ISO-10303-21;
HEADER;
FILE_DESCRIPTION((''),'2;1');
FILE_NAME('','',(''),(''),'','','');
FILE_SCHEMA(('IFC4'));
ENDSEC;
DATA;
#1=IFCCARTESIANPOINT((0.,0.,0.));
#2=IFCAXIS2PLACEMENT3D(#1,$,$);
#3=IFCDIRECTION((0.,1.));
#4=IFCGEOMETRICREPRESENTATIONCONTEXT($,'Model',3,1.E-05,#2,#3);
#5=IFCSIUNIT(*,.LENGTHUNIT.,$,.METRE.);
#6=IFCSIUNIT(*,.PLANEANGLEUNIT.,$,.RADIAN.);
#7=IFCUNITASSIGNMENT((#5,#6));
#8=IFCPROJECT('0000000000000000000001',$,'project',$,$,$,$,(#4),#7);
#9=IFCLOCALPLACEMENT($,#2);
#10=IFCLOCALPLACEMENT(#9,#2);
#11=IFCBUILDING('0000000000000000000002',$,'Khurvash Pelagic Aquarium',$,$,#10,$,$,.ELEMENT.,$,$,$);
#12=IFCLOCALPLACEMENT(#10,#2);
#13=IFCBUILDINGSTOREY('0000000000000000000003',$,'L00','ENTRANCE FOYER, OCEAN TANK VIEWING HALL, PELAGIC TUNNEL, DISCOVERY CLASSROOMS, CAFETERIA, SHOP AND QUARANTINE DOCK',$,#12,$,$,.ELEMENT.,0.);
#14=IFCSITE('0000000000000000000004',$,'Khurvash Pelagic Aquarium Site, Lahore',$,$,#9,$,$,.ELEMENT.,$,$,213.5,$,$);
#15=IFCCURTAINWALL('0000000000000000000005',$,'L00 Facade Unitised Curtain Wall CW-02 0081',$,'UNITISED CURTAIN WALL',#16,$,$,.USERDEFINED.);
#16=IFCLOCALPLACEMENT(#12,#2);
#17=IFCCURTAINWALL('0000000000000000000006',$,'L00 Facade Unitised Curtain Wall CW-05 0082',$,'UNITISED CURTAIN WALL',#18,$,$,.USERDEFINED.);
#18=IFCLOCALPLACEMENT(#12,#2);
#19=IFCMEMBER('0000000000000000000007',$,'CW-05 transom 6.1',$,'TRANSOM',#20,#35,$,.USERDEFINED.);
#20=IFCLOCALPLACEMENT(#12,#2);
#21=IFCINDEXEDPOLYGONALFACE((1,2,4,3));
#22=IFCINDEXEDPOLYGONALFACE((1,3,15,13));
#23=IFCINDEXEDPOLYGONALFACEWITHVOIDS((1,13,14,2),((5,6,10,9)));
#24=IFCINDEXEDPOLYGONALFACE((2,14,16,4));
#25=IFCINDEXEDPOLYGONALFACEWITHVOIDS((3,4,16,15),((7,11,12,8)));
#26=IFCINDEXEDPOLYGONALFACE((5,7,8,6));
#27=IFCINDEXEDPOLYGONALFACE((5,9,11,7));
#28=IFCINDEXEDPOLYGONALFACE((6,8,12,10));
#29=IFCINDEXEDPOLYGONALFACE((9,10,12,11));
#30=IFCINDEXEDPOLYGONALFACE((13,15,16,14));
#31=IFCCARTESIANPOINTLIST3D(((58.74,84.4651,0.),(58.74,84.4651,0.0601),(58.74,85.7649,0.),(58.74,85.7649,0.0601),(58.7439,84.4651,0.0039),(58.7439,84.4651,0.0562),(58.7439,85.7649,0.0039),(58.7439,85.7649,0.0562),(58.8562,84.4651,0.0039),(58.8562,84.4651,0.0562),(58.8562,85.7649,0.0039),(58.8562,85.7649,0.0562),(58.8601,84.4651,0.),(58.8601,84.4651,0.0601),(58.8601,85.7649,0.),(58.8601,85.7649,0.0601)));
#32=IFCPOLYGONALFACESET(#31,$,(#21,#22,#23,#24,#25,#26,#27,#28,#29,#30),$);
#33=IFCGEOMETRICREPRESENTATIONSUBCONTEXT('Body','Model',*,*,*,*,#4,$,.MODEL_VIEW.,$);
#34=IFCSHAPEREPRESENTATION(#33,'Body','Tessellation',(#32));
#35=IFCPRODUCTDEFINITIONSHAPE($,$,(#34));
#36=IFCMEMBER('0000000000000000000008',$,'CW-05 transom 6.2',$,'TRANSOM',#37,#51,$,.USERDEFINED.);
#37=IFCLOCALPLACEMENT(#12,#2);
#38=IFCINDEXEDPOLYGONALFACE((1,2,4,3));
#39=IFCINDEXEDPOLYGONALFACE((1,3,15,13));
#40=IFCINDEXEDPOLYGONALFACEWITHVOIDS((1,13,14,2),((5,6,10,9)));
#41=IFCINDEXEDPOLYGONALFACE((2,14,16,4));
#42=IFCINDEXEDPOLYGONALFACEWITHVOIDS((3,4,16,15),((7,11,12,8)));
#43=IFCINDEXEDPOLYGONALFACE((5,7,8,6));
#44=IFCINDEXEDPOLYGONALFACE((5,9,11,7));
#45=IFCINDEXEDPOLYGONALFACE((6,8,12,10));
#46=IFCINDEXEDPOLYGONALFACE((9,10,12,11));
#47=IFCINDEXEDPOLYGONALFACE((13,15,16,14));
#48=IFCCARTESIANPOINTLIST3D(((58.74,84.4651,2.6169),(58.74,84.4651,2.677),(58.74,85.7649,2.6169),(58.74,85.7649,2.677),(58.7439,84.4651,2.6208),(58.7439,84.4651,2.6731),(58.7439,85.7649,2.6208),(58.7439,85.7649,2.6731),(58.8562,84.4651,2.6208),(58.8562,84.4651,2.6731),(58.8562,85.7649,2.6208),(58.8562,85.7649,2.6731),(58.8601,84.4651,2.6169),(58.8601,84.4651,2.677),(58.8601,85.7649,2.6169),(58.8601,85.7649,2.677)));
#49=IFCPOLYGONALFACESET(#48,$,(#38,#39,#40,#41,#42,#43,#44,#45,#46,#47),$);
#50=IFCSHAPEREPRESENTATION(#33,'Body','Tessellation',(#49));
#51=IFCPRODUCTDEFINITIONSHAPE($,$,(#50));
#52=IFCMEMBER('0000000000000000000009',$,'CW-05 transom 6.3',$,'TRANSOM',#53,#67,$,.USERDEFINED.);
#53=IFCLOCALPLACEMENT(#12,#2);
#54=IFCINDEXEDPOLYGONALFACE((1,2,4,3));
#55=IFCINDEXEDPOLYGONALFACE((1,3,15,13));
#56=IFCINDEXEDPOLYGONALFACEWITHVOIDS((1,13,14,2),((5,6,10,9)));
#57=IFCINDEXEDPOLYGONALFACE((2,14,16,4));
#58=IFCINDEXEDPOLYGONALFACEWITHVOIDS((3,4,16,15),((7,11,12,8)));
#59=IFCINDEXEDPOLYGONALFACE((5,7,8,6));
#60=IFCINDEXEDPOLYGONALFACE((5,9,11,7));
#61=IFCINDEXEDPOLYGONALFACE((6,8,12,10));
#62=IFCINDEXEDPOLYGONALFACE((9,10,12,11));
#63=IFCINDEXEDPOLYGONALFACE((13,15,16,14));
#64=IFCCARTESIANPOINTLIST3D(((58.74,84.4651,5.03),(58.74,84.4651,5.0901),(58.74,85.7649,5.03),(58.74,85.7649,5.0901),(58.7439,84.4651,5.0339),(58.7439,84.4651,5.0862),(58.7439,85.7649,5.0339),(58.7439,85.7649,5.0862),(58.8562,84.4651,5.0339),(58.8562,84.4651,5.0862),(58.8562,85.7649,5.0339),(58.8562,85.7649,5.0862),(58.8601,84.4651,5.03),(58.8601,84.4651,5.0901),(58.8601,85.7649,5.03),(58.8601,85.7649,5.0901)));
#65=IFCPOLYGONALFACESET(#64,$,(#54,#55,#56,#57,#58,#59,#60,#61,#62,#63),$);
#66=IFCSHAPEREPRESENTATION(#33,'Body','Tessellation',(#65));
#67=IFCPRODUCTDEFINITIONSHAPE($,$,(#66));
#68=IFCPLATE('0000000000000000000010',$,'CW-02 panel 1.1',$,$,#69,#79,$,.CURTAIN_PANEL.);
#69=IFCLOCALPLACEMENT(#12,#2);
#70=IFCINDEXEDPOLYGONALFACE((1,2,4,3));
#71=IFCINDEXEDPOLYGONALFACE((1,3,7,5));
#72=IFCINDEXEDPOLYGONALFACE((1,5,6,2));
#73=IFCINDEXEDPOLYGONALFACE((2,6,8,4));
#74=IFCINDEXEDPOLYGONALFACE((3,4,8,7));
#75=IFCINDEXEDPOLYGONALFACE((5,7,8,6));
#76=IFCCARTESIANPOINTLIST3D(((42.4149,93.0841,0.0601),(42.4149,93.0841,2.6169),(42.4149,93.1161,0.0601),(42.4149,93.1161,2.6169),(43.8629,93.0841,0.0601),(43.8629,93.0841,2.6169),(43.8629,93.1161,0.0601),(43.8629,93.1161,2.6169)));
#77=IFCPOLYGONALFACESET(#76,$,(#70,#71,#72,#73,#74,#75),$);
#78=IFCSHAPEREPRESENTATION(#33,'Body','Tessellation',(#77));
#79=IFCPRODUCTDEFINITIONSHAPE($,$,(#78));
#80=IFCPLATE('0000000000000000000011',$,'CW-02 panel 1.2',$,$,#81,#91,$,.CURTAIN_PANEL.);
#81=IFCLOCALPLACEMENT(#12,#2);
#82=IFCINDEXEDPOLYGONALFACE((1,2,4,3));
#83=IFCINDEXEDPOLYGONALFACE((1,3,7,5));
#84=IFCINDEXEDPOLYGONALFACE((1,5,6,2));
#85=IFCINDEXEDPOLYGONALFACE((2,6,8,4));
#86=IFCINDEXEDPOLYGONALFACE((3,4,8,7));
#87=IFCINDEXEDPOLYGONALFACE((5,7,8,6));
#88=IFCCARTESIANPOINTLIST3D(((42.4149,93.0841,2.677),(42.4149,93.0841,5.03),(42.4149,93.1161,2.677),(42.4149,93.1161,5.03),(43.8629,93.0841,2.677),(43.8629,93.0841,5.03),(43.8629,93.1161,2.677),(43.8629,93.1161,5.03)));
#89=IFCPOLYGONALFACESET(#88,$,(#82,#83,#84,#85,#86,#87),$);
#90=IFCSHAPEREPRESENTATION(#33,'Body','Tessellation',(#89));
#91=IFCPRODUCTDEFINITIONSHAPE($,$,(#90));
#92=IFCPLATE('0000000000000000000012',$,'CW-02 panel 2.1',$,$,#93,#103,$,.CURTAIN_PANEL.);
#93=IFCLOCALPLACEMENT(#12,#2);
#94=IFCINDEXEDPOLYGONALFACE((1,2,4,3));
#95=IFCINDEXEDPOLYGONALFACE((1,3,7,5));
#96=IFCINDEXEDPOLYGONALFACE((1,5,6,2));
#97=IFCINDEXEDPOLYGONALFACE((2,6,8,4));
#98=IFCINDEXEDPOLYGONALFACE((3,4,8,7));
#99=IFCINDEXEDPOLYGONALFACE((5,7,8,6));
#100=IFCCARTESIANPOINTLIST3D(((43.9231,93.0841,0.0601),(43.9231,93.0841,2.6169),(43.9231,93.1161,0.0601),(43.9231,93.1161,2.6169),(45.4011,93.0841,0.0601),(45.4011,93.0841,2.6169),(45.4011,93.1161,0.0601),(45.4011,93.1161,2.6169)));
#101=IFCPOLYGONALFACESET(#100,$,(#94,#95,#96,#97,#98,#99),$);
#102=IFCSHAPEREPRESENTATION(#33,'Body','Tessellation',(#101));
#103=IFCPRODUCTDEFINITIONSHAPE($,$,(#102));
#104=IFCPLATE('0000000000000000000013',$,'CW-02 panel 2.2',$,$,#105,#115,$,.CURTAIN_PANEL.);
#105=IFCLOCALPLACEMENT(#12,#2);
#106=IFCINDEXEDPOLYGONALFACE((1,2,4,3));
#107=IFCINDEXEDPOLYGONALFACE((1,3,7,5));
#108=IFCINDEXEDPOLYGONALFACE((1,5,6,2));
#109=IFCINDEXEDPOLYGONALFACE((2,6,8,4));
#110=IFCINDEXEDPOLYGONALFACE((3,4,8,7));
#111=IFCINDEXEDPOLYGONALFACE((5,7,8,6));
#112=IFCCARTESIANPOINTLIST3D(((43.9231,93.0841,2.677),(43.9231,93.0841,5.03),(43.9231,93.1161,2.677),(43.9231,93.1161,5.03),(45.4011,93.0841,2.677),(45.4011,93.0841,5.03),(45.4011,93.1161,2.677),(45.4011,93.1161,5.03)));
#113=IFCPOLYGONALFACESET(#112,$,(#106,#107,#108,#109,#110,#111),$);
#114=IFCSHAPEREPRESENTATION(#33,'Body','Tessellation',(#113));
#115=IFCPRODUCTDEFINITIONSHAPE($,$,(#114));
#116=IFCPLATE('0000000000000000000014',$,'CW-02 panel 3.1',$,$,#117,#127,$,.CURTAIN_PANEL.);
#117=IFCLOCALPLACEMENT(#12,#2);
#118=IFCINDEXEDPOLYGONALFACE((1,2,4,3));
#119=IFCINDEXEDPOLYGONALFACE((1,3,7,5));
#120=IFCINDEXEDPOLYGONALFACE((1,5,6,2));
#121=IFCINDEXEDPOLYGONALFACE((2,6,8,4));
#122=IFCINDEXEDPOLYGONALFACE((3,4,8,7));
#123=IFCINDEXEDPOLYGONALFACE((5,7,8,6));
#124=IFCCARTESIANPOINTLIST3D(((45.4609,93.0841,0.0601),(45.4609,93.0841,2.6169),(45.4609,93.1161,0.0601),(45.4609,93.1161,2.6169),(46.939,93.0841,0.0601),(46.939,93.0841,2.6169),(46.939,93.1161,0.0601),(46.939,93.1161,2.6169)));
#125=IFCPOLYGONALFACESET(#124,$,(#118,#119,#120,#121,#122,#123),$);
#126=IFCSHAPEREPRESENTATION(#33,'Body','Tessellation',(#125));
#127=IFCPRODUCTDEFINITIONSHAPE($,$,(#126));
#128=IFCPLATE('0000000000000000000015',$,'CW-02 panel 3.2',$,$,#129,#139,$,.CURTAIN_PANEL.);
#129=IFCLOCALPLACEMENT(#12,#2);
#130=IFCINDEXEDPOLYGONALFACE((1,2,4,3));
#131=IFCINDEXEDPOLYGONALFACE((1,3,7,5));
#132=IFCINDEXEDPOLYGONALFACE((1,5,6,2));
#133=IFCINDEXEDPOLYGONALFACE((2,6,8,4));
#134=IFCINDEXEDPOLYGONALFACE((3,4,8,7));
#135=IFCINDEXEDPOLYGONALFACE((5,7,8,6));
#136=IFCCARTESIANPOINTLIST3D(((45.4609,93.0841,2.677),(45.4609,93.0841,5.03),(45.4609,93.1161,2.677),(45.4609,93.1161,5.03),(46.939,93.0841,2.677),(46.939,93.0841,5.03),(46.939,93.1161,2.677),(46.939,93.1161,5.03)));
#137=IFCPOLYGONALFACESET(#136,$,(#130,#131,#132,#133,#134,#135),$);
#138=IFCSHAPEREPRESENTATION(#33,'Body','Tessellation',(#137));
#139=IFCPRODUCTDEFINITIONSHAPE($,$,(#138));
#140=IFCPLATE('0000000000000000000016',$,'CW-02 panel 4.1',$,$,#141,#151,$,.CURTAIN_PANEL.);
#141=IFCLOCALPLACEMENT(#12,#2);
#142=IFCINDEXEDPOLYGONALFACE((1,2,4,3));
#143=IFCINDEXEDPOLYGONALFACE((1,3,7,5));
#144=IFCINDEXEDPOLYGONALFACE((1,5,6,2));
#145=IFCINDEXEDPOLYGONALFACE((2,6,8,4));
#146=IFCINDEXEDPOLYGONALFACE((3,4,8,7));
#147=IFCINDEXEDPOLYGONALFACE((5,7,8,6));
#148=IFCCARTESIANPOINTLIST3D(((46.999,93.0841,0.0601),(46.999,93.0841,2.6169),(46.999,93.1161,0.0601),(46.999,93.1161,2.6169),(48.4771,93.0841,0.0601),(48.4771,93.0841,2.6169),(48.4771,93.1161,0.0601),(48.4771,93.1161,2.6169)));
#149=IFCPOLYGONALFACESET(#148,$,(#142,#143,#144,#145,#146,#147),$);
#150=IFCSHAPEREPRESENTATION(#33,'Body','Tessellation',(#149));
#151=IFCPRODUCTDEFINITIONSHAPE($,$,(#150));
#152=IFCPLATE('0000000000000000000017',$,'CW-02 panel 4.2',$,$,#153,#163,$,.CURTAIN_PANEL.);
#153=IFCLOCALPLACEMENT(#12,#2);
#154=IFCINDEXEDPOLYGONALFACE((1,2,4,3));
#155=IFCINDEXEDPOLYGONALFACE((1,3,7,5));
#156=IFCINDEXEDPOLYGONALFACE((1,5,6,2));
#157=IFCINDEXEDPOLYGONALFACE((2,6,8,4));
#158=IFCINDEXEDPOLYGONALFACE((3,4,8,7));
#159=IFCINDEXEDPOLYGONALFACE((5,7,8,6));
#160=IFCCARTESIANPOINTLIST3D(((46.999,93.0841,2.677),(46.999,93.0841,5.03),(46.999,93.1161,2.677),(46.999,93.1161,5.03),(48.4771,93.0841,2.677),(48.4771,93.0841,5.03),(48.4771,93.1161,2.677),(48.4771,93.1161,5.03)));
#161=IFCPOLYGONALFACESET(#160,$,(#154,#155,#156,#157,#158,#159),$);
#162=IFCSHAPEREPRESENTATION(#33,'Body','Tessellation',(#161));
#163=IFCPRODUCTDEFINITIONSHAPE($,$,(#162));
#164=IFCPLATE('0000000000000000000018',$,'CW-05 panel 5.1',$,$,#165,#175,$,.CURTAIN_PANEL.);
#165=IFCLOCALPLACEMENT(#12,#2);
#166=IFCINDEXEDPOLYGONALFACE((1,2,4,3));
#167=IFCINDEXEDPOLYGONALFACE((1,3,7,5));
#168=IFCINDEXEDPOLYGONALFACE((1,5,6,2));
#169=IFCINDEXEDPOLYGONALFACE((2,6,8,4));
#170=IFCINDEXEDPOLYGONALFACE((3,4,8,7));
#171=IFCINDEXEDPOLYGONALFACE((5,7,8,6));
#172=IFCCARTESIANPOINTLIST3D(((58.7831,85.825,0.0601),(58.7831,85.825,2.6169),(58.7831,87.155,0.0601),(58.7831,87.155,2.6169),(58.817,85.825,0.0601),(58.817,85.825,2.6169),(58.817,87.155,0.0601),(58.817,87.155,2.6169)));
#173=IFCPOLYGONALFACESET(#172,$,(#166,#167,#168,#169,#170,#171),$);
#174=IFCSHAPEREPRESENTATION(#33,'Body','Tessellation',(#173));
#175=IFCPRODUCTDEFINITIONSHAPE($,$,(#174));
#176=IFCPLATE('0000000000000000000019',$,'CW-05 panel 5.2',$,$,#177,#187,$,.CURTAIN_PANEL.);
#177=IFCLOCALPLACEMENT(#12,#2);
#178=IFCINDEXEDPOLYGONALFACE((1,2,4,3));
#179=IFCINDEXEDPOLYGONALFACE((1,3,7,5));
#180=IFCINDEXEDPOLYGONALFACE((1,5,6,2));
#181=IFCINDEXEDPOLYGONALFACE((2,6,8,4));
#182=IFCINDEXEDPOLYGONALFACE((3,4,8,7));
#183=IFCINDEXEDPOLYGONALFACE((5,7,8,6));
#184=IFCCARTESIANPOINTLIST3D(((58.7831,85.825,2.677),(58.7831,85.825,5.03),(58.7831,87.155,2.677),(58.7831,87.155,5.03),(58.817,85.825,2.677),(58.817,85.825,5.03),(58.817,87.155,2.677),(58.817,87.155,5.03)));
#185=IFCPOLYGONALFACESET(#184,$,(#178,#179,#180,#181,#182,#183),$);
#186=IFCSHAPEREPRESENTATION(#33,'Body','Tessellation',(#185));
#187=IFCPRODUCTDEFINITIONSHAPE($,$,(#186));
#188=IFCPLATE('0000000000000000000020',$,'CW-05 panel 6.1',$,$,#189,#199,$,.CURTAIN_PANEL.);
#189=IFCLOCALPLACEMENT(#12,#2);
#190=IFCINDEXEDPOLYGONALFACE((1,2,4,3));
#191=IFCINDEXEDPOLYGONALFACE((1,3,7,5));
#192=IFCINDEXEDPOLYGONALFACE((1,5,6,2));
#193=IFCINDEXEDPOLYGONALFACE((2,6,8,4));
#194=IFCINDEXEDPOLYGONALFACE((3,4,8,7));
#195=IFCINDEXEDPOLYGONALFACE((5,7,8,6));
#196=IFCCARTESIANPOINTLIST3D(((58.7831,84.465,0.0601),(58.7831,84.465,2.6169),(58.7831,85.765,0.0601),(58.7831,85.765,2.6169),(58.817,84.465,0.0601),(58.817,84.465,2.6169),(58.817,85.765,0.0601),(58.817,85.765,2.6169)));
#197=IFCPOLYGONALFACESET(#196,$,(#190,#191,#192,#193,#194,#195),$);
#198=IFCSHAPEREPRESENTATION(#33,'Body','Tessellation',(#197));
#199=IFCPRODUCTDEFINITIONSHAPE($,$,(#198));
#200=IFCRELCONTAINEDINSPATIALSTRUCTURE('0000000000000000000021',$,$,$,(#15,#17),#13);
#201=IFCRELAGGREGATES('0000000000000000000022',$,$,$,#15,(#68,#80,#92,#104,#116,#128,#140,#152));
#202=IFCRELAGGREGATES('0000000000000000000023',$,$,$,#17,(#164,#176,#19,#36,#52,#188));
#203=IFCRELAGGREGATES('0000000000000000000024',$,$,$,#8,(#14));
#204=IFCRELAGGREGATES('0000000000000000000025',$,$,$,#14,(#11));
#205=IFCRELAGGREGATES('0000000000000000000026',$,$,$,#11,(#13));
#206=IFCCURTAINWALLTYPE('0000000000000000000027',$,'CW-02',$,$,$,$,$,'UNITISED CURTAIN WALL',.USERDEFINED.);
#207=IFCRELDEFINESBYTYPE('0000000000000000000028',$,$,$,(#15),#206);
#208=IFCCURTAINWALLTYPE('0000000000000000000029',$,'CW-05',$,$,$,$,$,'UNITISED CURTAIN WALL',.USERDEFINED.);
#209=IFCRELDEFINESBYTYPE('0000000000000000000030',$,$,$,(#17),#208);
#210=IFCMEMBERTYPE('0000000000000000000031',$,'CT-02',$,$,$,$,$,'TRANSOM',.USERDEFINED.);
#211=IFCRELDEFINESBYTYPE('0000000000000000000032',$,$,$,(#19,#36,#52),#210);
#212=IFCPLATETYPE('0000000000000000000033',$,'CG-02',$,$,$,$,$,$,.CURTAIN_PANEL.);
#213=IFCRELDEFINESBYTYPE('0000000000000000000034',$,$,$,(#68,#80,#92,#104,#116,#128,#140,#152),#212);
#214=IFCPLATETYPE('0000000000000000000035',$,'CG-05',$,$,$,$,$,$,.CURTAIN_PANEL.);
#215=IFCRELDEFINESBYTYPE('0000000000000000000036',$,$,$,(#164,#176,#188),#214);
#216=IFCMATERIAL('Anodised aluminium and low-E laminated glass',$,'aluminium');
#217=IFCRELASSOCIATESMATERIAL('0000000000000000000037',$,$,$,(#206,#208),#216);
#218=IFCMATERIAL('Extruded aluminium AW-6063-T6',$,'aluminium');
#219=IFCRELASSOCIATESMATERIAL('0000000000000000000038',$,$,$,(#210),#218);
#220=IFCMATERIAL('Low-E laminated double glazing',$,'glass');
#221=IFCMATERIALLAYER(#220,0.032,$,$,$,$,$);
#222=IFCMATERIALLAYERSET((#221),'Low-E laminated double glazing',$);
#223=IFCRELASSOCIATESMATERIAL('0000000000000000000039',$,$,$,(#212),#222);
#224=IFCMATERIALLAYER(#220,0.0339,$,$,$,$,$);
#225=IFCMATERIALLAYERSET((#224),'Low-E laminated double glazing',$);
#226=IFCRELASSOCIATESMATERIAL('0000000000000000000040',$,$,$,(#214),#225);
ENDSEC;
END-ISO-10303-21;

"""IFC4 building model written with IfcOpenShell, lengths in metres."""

from ifc_helpers import new_model, si_unit, direction, frame, origin, origin_2d, place, context, subcontext, project, spatial, rectangle, hollow_rectangle, extrude, material, layer, layer_set, material_profile, profile_set, type_object, element, aggregate, save


model = new_model("IFC4")

# Units and contexts
model_context = context("Model", 3, precision=1e-05, world=origin(), true_north=direction((0.0, 1.0)))
body_context = subcontext(model_context, "Body", "Model", "MODEL_VIEW")
ifc_project = project(units=[si_unit("LENGTHUNIT", "METRE"), si_unit("PLANEANGLEUNIT", "RADIAN")], contexts=[model_context])

# Site, building, storey
site_placement = place(None, origin())
site = spatial("IfcSite", under=ifc_project, at=site_placement, Name="Khurvash Pelagic Aquarium Site, Lahore", CompositionType="ELEMENT", RefElevation=213.5)
building_placement = place(site_placement, origin())
building = spatial("IfcBuilding", under=site, at=building_placement, Name="Khurvash Pelagic Aquarium", CompositionType="ELEMENT")
storey_placement = place(building_placement, origin())
storey = spatial("IfcBuildingStorey", under=building, at=storey_placement, Name="L00", Description="ENTRANCE FOYER, OCEAN TANK VIEWING HALL, PELAGIC TUNNEL, DISCOVERY CLASSROOMS, CAFETERIA, SHOP AND QUARANTINE DOCK", CompositionType="ELEMENT", Elevation=0.0)

# Curtain walls
ifc_material_1 = material(Name="Anodised aluminium and low-E laminated glass", Category="aluminium")
curtain_wall_type_1 = type_object("IfcCurtainWallType", Name="CW-02", ElementType="UNITISED CURTAIN WALL", PredefinedType="USERDEFINED", material=ifc_material_1)
curtain_wall_1_placement = place(storey_placement, origin())
curtain_wall_1 = element("IfcCurtainWall", 1, at=curtain_wall_1_placement, inside=storey, type_object=curtain_wall_type_1, Name="L00 Facade Unitised Curtain Wall CW-02 0081", ObjectType="UNITISED CURTAIN WALL", PredefinedType="USERDEFINED")
ifc_material_2 = material(Name="Extruded aluminium AW-6063-T6", Category="aluminium")
curtain_wall_type_2 = type_object("IfcCurtainWallType", Name="CW-05", ElementType="UNITISED CURTAIN WALL", PredefinedType="USERDEFINED", material=ifc_material_1)
curtain_wall_2_placement = place(storey_placement, origin())
curtain_wall_2 = element("IfcCurtainWall", 2, at=curtain_wall_2_placement, inside=storey, type_object=curtain_wall_type_2, Name="L00 Facade Unitised Curtain Wall CW-05 0082", ObjectType="UNITISED CURTAIN WALL", PredefinedType="USERDEFINED")

# Members
ifc_material_profile_1 = material_profile(ifc_material_2, hollow_rectangle(XDim=0.1201, YDim=0.0601, WallThickness=0.0039, at=origin_2d()), Name="CWT120X60X4")
ifc_profile_set_1 = profile_set([ifc_material_profile_1], Name="Extruded aluminium AW-6063-T6")
member_type_1 = type_object("IfcMemberType", Name="CT-02", ElementType="TRANSOM", PredefinedType="USERDEFINED", material=ifc_profile_set_1)
member_1_placement = place(storey_placement, frame((58.8, 85.7649, 0.03), z_axis=(0.0, -1.0, 0.0), x_axis=(1.0, 0.0, 0.0)))
member_1 = element("IfcMember", 3, at=member_1_placement, type_object=member_type_1, Name="CW-05 transom 6.1", ObjectType="TRANSOM", PredefinedType="USERDEFINED", context=body_context, shape_type="SweptSolid", body=[
    extrude(hollow_rectangle(XDim=0.1201, YDim=0.0601, WallThickness=0.0039, at=origin_2d()), origin(), (0.0, 0.0, 1.0), 1.2998),
])
member_2_placement = place(storey_placement, frame((58.8, 85.7649, 2.647), z_axis=(0.0, -1.0, 0.0), x_axis=(1.0, 0.0, 0.0)))
member_2 = element("IfcMember", 4, at=member_2_placement, type_object=member_type_1, Name="CW-05 transom 6.2", ObjectType="TRANSOM", PredefinedType="USERDEFINED", context=body_context, shape_type="SweptSolid", body=[
    extrude(hollow_rectangle(XDim=0.1201, YDim=0.0601, WallThickness=0.0039, at=origin_2d()), origin(), (0.0, 0.0, 1.0), 1.2998),
])
member_3_placement = place(storey_placement, frame((58.8, 85.7649, 5.0601), z_axis=(0.0, -1.0, 0.0), x_axis=(1.0, 0.0, 0.0)))
member_3 = element("IfcMember", 5, at=member_3_placement, type_object=member_type_1, Name="CW-05 transom 6.3", ObjectType="TRANSOM", PredefinedType="USERDEFINED", context=body_context, shape_type="SweptSolid", body=[
    extrude(hollow_rectangle(XDim=0.1201, YDim=0.0601, WallThickness=0.0039, at=origin_2d()), origin(), (0.0, 0.0, 1.0), 1.2998),
])

# Plates
ifc_material_3 = material(Name="Low-E laminated double glazing", Category="glass")
ifc_layer_1 = layer(ifc_material_3, 0.032)
ifc_layer_set_1 = layer_set([ifc_layer_1], Name="Low-E laminated double glazing")
plate_type_1 = type_object("IfcPlateType", Name="CG-02", PredefinedType="CURTAIN_PANEL", material=ifc_layer_set_1)
plate_1_placement = place(storey_placement, frame((43.1389, 93.1001, 0.0601), z_axis=(0.0, 0.0, 1.0), x_axis=(1.0, 0.0, 0.0)))
plate_1 = element("IfcPlate", 6, at=plate_1_placement, type_object=plate_type_1, Name="CW-02 panel 1.1", PredefinedType="CURTAIN_PANEL", context=body_context, shape_type="SweptSolid", body=[
    extrude(rectangle(XDim=1.448, YDim=0.032, at=origin_2d()), origin(), (0.0, 0.0, 1.0), 2.5569),
])
plate_2_placement = place(storey_placement, frame((43.1389, 93.1001, 2.677), z_axis=(0.0, 0.0, 1.0), x_axis=(1.0, 0.0, 0.0)))
plate_2 = element("IfcPlate", 7, at=plate_2_placement, type_object=plate_type_1, Name="CW-02 panel 1.2", PredefinedType="CURTAIN_PANEL", context=body_context, shape_type="SweptSolid", body=[
    extrude(rectangle(XDim=1.448, YDim=0.032, at=origin_2d()), origin(), (0.0, 0.0, 1.0), 2.353),
])
plate_3_placement = place(storey_placement, frame((44.6621, 93.1001, 0.0601), z_axis=(0.0, 0.0, 1.0), x_axis=(1.0, 0.0, 0.0)))
plate_3 = element("IfcPlate", 8, at=plate_3_placement, type_object=plate_type_1, Name="CW-02 panel 2.1", PredefinedType="CURTAIN_PANEL", context=body_context, shape_type="SweptSolid", body=[
    extrude(rectangle(XDim=1.478, YDim=0.032, at=origin_2d()), origin(), (0.0, 0.0, 1.0), 2.5569),
])
plate_4_placement = place(storey_placement, frame((44.6621, 93.1001, 2.677), z_axis=(0.0, 0.0, 1.0), x_axis=(1.0, 0.0, 0.0)))
plate_4 = element("IfcPlate", 9, at=plate_4_placement, type_object=plate_type_1, Name="CW-02 panel 2.2", PredefinedType="CURTAIN_PANEL", context=body_context, shape_type="SweptSolid", body=[
    extrude(rectangle(XDim=1.478, YDim=0.032, at=origin_2d()), origin(), (0.0, 0.0, 1.0), 2.353),
])
plate_5_placement = place(storey_placement, frame((46.2, 93.1001, 0.0601), z_axis=(0.0, 0.0, 1.0), x_axis=(1.0, 0.0, 0.0)))
plate_5 = element("IfcPlate", 10, at=plate_5_placement, type_object=plate_type_1, Name="CW-02 panel 3.1", PredefinedType="CURTAIN_PANEL", context=body_context, shape_type="SweptSolid", body=[
    extrude(rectangle(XDim=1.478, YDim=0.032, at=origin_2d()), origin(), (0.0, 0.0, 1.0), 2.5569),
])
plate_6_placement = place(storey_placement, frame((46.2, 93.1001, 2.677), z_axis=(0.0, 0.0, 1.0), x_axis=(1.0, 0.0, 0.0)))
plate_6 = element("IfcPlate", 11, at=plate_6_placement, type_object=plate_type_1, Name="CW-02 panel 3.2", PredefinedType="CURTAIN_PANEL", context=body_context, shape_type="SweptSolid", body=[
    extrude(rectangle(XDim=1.478, YDim=0.032, at=origin_2d()), origin(), (0.0, 0.0, 1.0), 2.353),
])
plate_7_placement = place(storey_placement, frame((47.738, 93.1001, 0.0601), z_axis=(0.0, 0.0, 1.0), x_axis=(1.0, 0.0, 0.0)))
plate_7 = element("IfcPlate", 12, at=plate_7_placement, type_object=plate_type_1, Name="CW-02 panel 4.1", PredefinedType="CURTAIN_PANEL", context=body_context, shape_type="SweptSolid", body=[
    extrude(rectangle(XDim=1.478, YDim=0.032, at=origin_2d()), origin(), (0.0, 0.0, 1.0), 2.5569),
])
plate_8_placement = place(storey_placement, frame((47.738, 93.1001, 2.677), z_axis=(0.0, 0.0, 1.0), x_axis=(1.0, 0.0, 0.0)))
plate_8 = element("IfcPlate", 13, at=plate_8_placement, type_object=plate_type_1, Name="CW-02 panel 4.2", PredefinedType="CURTAIN_PANEL", context=body_context, shape_type="SweptSolid", body=[
    extrude(rectangle(XDim=1.478, YDim=0.032, at=origin_2d()), origin(), (0.0, 0.0, 1.0), 2.353),
])
aggregate(curtain_wall_1, [plate_1, plate_2, plate_3, plate_4, plate_5, plate_6, plate_7, plate_8])
ifc_layer_2 = layer(ifc_material_3, 0.0339)
ifc_layer_set_2 = layer_set([ifc_layer_2], Name="Low-E laminated double glazing")
plate_type_2 = type_object("IfcPlateType", Name="CG-05", PredefinedType="CURTAIN_PANEL", material=ifc_layer_set_2)
plate_9_placement = place(storey_placement, frame((58.8, 86.49, 0.0601), z_axis=(0.0, 0.0, 1.0), x_axis=(0.0, -1.0, 0.0)))
plate_9 = element("IfcPlate", 14, at=plate_9_placement, type_object=plate_type_2, Name="CW-05 panel 5.1", PredefinedType="CURTAIN_PANEL", context=body_context, shape_type="SweptSolid", body=[
    extrude(rectangle(XDim=1.3301, YDim=0.0339, at=origin_2d()), origin(), (0.0, 0.0, 1.0), 2.5569),
])
plate_10_placement = place(storey_placement, frame((58.8, 86.49, 2.677), z_axis=(0.0, 0.0, 1.0), x_axis=(0.0, -1.0, 0.0)))
plate_10 = element("IfcPlate", 15, at=plate_10_placement, type_object=plate_type_2, Name="CW-05 panel 5.2", PredefinedType="CURTAIN_PANEL", context=body_context, shape_type="SweptSolid", body=[
    extrude(rectangle(XDim=1.3301, YDim=0.0339, at=origin_2d()), origin(), (0.0, 0.0, 1.0), 2.353),
])
plate_11_placement = place(storey_placement, frame((58.8, 85.115, 0.0601), z_axis=(0.0, 0.0, 1.0), x_axis=(0.0, -1.0, 0.0)))
plate_11 = element("IfcPlate", 16, at=plate_11_placement, type_object=plate_type_2, Name="CW-05 panel 6.1", PredefinedType="CURTAIN_PANEL", context=body_context, shape_type="SweptSolid", body=[
    extrude(rectangle(XDim=1.3, YDim=0.0339, at=origin_2d()), origin(), (0.0, 0.0, 1.0), 2.5569),
])
aggregate(curtain_wall_2, [plate_9, plate_10, member_1, member_2, member_3, plate_11])

save(model, "model.ifc")
